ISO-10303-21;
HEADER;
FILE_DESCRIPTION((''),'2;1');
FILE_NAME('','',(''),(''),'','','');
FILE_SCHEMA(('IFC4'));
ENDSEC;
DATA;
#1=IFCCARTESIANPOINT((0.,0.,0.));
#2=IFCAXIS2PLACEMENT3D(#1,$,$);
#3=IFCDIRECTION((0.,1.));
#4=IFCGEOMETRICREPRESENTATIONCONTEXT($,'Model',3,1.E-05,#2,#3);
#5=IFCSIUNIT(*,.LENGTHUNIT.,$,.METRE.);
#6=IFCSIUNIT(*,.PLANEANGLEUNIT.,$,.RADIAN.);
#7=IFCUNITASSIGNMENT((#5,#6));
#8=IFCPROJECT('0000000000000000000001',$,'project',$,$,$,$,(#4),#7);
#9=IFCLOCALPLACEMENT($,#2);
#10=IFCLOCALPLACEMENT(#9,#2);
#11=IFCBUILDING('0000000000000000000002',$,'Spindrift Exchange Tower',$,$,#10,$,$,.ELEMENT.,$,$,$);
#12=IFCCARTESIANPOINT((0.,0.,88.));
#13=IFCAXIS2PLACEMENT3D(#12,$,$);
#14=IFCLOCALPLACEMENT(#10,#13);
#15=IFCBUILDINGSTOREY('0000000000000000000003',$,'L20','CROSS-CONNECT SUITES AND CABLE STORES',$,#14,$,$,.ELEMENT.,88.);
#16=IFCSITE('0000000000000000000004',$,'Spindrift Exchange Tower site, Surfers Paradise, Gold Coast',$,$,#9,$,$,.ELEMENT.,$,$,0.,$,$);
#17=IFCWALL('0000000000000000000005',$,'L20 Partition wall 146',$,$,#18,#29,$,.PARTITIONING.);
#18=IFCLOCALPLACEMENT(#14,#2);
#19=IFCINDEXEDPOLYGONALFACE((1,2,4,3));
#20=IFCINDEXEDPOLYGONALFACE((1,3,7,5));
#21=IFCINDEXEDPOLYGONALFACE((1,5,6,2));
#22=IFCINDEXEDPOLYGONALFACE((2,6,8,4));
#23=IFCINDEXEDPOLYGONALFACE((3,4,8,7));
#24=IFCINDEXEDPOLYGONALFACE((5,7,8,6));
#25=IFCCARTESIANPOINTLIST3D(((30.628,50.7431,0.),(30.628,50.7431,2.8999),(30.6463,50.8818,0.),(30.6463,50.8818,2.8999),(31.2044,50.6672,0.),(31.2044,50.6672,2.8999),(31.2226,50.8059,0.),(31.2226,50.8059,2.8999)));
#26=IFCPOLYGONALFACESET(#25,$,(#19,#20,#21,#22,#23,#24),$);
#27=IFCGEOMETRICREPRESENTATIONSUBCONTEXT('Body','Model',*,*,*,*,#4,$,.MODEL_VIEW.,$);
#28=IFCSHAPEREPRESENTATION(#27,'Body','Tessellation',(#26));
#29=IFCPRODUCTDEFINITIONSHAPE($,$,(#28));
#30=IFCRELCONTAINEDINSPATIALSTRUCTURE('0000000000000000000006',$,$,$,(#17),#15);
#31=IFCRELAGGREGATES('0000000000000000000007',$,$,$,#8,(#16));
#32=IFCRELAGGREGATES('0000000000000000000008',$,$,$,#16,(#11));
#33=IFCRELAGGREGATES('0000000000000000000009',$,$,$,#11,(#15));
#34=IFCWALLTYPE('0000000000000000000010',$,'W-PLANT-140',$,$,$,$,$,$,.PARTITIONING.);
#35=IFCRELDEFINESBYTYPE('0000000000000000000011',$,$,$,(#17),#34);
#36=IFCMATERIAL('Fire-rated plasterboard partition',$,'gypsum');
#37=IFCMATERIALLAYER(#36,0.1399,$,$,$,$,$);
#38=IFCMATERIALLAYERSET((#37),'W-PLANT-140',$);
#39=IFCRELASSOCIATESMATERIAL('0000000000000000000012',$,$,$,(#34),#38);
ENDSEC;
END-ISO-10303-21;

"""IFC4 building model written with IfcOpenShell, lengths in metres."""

from ifc_helpers import new_model, si_unit, direction, frame, frame_2d, origin, place, context, subcontext, project, spatial, rectangle, extrude, material, layer, layer_set, type_object, element, save


model = new_model("IFC4")

# Units and contexts
model_context = context("Model", 3, precision=1e-05, world=origin(), true_north=direction((0.0, 1.0)))
body_context = subcontext(model_context, "Body", "Model", "MODEL_VIEW")
ifc_project = project(units=[si_unit("LENGTHUNIT", "METRE"), si_unit("PLANEANGLEUNIT", "RADIAN")], contexts=[model_context])

# Site, building, storey
site_placement = place(None, origin())
site = spatial("IfcSite", under=ifc_project, at=site_placement, Name="Spindrift Exchange Tower site, Surfers Paradise, Gold Coast", CompositionType="ELEMENT", RefElevation=0.0)
building_placement = place(site_placement, origin())
building = spatial("IfcBuilding", under=site, at=building_placement, Name="Spindrift Exchange Tower", CompositionType="ELEMENT")
storey_placement = place(building_placement, frame((0.0, 0.0, 88.0)))
storey = spatial("IfcBuildingStorey", under=building, at=storey_placement, Name="L20", Description="CROSS-CONNECT SUITES AND CABLE STORES", CompositionType="ELEMENT", Elevation=88.0)

# Shared definitions
ifc_material_1 = material(Name="Fire-rated plasterboard partition", Category="gypsum")
ifc_layer_1 = layer(ifc_material_1, 0.1399)
ifc_layer_set_1 = layer_set([ifc_layer_1], Name="W-PLANT-140")
wall_type_1 = type_object("IfcWallType", Name="W-PLANT-140", PredefinedType="PARTITIONING", material=ifc_layer_set_1)

# Wall
wall_1_placement = place(storey_placement, frame((31.2134, 50.7366, 0.0), z_axis=(0.0, 0.0, 1.0), x_axis=(-0.991436, 0.130596, 0.0)))
element("IfcWall", 1, at=wall_1_placement, inside=storey, type_object=wall_type_1, Name="L20 Partition wall 146", PredefinedType="PARTITIONING", context=body_context, shape_type="SweptSolid", body=[
    extrude(rectangle(XDim=0.5813, YDim=0.1399, at=frame_2d((0.2905, 0.0))), origin(), (0.0, 0.0, 1.0), 2.8999),
])

save(model, "model.ifc")
